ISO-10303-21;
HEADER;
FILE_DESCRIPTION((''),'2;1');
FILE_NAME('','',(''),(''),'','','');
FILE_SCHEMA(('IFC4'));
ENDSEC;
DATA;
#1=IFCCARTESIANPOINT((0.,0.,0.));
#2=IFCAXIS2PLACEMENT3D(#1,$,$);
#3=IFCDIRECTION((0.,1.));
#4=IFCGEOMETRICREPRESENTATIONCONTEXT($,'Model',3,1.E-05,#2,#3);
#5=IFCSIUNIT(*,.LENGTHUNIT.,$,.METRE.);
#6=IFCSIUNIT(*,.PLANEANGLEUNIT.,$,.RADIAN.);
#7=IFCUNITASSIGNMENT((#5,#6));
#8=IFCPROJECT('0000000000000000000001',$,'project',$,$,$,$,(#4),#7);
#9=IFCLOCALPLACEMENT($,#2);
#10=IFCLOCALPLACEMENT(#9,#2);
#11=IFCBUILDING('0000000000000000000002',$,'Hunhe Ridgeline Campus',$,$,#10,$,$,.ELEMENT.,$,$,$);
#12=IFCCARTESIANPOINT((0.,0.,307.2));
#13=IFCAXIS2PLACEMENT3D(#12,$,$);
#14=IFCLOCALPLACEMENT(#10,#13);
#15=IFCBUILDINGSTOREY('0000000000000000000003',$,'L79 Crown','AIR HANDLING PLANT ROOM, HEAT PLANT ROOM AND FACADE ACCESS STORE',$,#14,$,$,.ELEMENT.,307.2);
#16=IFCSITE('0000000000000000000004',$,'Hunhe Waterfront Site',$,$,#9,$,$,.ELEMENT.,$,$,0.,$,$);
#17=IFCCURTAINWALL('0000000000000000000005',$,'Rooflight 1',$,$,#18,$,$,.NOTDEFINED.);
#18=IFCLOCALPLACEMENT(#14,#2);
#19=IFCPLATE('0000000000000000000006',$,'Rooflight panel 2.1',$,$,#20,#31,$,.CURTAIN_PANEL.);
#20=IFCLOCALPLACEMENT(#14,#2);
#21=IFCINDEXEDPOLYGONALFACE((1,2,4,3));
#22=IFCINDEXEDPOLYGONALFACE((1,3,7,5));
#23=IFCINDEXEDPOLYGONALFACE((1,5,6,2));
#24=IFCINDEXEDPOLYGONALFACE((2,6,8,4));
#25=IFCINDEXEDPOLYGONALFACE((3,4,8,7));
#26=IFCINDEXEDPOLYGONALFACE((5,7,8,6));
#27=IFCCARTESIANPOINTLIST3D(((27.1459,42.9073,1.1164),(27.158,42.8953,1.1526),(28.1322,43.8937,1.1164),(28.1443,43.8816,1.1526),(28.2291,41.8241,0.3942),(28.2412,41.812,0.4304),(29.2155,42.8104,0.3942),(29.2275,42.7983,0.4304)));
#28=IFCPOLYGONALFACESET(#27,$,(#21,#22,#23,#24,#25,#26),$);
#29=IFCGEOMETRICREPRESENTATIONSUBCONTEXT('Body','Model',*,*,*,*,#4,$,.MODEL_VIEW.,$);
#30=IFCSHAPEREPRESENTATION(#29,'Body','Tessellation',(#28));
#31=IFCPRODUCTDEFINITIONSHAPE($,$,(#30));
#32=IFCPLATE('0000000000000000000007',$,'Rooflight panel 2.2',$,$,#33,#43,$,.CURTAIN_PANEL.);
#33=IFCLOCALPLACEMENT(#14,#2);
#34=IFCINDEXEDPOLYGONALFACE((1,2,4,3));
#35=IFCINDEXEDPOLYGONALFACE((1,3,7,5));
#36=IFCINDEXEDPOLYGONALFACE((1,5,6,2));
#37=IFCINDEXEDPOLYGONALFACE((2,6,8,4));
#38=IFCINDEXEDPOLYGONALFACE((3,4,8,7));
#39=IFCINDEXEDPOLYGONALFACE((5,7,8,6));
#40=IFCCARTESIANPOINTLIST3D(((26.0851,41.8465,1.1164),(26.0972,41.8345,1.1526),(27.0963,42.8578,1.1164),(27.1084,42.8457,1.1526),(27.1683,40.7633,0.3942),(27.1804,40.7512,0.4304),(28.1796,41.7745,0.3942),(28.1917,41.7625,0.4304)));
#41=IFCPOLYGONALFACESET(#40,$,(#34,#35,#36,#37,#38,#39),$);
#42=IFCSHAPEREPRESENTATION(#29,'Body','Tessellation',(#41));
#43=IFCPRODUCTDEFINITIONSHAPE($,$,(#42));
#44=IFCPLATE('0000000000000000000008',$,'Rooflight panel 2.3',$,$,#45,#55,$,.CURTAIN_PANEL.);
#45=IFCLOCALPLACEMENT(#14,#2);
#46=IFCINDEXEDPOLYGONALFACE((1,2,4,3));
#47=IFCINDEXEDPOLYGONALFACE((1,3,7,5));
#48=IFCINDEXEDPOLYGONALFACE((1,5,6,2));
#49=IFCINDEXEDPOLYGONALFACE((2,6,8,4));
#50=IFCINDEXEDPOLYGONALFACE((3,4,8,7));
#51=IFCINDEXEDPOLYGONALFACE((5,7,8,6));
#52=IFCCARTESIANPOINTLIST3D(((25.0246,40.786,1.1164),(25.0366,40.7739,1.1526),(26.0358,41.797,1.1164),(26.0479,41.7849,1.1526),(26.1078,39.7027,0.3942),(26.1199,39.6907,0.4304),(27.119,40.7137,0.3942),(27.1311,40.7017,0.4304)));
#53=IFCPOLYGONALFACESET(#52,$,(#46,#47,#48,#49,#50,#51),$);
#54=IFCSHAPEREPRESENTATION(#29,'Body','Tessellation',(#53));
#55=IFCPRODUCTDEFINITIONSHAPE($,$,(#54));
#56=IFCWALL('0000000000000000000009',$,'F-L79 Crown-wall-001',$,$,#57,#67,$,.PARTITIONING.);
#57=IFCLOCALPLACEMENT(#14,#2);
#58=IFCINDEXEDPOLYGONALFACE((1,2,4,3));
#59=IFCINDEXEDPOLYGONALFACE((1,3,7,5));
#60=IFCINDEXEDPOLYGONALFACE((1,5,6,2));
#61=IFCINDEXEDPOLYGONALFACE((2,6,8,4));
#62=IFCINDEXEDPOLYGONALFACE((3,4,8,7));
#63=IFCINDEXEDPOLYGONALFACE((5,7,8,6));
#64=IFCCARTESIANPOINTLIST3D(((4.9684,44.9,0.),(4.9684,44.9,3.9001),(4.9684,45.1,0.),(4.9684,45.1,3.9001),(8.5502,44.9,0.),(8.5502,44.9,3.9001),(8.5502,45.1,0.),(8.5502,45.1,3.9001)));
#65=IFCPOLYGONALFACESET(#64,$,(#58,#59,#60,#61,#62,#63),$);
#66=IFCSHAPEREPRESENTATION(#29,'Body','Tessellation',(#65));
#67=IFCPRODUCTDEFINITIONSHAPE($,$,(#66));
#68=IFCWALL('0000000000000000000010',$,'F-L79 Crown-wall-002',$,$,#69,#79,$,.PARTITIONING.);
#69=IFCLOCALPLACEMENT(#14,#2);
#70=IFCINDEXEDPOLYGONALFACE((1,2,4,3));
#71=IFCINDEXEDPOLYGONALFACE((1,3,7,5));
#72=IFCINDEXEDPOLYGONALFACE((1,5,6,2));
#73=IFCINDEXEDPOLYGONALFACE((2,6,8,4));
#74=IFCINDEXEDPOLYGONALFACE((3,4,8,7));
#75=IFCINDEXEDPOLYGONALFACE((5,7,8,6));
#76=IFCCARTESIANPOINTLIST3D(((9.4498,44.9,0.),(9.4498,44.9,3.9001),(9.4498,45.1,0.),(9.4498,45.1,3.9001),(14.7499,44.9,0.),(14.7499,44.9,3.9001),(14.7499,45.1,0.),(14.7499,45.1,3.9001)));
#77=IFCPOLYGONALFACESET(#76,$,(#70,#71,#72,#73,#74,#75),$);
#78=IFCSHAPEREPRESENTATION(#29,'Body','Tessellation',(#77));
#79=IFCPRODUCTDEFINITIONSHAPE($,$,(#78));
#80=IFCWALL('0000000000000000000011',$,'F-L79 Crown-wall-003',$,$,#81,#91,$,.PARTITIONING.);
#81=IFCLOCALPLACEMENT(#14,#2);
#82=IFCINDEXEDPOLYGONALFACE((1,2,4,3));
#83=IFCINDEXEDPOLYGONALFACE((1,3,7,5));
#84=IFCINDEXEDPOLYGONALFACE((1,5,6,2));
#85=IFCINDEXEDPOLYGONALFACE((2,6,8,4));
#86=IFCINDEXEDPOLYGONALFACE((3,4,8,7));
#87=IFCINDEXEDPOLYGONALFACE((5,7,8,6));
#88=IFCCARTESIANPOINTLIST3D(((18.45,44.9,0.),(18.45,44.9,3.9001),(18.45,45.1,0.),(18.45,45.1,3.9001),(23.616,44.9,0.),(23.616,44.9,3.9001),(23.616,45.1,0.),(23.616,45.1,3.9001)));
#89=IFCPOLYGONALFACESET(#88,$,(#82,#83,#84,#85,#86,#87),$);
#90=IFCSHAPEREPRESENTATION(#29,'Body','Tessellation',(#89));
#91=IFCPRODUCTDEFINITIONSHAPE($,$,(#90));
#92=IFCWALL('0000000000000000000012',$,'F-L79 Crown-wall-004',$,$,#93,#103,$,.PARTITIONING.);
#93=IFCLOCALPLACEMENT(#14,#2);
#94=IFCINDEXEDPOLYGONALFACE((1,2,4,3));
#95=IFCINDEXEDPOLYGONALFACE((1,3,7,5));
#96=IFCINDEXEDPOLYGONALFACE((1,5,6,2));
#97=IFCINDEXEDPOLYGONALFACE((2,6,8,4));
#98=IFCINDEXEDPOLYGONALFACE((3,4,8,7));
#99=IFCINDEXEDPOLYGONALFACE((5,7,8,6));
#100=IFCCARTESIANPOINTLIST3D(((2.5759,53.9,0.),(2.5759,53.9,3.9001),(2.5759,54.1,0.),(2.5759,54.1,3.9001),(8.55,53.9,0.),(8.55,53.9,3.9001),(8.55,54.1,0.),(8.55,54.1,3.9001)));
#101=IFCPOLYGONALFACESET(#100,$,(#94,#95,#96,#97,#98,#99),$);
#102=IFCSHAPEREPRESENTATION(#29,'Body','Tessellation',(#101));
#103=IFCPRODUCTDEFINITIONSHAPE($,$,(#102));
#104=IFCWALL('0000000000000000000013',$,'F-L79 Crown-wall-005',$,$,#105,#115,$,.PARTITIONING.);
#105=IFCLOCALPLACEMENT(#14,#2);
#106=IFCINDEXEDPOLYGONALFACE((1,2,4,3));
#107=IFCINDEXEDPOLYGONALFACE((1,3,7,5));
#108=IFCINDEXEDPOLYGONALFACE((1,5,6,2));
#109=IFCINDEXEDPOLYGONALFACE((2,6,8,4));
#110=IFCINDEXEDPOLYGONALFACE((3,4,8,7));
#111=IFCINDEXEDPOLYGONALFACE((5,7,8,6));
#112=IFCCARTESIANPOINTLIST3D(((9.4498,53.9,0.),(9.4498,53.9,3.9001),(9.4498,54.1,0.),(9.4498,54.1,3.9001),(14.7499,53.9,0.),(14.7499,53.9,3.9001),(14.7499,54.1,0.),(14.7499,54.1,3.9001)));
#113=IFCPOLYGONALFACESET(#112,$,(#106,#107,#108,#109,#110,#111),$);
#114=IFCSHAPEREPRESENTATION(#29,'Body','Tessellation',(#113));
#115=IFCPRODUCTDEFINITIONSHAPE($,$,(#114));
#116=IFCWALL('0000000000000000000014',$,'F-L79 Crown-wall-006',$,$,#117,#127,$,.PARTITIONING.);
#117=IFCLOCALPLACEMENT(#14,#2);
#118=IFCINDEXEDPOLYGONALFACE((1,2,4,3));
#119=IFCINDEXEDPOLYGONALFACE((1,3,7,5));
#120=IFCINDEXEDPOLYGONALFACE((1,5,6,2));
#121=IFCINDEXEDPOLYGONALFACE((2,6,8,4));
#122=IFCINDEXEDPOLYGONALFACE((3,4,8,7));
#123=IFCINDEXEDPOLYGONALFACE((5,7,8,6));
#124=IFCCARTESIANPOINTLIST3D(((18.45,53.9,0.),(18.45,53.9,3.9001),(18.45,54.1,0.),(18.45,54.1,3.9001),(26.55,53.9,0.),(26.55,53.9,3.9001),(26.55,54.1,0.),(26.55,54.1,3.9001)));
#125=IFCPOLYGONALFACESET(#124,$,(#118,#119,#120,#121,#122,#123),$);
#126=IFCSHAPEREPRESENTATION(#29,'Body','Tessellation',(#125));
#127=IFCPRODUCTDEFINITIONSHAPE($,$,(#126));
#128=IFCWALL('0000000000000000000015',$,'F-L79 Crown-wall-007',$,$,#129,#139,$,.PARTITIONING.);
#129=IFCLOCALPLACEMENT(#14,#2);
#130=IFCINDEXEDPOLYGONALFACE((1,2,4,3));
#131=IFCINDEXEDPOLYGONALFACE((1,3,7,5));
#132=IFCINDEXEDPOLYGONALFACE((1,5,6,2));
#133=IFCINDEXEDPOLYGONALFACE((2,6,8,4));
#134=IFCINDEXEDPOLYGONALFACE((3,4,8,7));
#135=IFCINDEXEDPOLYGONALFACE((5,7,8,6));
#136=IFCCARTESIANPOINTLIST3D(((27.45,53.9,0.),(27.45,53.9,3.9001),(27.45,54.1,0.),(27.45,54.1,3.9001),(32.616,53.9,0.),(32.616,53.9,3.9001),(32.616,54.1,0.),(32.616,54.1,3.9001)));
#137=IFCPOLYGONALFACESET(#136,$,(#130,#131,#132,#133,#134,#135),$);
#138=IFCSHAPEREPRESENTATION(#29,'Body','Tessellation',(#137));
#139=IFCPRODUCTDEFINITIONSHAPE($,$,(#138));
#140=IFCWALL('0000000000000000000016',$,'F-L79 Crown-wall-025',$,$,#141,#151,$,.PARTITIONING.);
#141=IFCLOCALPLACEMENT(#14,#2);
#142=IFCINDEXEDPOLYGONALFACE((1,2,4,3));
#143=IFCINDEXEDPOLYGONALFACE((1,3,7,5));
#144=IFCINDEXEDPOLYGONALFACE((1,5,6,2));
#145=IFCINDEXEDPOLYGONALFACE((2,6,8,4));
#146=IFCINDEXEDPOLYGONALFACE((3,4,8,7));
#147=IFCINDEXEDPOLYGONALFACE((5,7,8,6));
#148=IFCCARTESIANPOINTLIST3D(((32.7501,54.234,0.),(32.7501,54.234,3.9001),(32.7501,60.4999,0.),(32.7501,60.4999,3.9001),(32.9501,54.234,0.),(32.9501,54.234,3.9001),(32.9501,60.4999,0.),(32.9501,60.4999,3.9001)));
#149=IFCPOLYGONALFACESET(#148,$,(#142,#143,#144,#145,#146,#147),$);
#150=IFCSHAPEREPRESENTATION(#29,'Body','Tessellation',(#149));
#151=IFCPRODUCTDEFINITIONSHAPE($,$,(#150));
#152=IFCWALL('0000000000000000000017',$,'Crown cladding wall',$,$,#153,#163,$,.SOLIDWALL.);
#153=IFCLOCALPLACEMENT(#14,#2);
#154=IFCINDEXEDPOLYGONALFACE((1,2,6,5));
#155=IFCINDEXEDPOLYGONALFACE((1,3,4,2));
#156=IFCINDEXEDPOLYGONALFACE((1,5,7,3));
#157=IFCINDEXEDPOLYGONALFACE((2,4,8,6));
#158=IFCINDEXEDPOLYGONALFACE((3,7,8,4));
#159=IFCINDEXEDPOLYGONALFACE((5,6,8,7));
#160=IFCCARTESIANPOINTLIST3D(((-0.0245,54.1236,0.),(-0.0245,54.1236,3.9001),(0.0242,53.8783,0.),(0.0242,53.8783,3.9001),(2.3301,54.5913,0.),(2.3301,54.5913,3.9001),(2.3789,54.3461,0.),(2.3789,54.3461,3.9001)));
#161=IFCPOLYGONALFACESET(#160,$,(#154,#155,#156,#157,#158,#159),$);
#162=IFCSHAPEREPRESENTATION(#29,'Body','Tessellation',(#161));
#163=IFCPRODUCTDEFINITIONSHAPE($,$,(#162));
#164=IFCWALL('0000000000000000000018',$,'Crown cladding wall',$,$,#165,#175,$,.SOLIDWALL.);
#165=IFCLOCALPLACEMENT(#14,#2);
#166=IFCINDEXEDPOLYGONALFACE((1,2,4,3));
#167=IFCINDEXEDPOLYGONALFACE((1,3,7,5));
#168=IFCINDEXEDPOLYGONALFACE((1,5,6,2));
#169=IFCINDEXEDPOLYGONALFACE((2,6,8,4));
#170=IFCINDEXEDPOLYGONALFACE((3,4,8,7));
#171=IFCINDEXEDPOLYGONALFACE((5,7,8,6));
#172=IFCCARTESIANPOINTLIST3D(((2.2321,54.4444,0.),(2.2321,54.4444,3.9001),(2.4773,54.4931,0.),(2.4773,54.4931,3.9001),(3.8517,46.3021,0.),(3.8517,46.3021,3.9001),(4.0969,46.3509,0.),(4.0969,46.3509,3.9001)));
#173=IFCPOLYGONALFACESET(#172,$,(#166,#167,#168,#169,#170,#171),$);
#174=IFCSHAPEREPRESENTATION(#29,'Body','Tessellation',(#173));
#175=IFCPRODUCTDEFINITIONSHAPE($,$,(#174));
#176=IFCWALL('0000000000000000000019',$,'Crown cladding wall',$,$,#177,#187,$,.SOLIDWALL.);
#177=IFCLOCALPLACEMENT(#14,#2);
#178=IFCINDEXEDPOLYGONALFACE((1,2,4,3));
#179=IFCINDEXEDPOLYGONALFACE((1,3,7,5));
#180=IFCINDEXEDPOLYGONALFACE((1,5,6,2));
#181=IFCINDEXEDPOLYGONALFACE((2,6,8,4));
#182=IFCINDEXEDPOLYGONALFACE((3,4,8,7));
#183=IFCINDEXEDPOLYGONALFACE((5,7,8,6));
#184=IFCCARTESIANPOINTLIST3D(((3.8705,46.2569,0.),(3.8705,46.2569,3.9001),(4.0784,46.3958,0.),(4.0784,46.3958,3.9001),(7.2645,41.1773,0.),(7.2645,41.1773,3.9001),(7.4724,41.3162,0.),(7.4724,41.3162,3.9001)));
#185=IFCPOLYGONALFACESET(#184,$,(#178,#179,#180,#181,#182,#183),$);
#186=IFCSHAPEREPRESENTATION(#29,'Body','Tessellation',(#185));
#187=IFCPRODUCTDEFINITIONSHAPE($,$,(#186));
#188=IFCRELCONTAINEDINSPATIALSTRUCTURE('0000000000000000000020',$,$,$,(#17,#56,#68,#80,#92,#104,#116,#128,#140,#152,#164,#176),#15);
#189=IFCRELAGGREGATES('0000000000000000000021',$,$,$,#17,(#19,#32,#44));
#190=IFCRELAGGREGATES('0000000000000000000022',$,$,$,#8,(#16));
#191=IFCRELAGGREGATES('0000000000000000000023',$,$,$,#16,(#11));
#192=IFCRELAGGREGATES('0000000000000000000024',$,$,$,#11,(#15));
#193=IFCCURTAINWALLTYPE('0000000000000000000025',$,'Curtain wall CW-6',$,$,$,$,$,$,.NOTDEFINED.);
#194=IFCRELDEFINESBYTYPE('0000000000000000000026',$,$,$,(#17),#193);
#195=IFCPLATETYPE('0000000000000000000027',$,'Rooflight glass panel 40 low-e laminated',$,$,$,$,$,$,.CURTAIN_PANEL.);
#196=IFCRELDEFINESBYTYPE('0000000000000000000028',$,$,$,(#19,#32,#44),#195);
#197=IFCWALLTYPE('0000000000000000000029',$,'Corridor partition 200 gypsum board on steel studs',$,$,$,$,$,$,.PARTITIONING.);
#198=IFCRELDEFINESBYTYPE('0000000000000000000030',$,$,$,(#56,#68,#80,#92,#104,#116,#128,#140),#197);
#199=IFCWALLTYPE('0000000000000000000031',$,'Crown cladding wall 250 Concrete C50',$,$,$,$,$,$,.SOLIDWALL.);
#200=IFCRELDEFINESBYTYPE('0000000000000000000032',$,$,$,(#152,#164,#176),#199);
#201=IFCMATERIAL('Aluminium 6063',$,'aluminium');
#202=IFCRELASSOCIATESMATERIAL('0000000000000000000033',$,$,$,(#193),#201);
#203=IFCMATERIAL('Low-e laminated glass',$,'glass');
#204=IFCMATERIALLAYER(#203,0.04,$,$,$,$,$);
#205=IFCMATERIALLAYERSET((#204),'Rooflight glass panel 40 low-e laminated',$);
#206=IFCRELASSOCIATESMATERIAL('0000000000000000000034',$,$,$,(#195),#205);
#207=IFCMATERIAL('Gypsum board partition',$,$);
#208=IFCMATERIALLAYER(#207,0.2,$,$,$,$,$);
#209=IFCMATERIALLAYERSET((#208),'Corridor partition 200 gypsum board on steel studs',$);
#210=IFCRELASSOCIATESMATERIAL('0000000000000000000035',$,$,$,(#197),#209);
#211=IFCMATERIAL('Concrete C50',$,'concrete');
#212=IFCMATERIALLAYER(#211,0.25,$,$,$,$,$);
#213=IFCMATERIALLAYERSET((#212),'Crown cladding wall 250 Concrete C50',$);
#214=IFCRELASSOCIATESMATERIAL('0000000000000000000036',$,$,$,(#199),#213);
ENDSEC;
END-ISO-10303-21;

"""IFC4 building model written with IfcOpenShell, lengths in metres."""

from ifc_helpers import new_model, si_unit, direction, frame, frame_2d, origin, place, context, subcontext, project, spatial, polyline, rectangle, outline, extrude, material, layer, layer_set, type_object, element, aggregate, save


model = new_model("IFC4")

# Units and contexts
model_context = context("Model", 3, precision=1e-05, world=origin(), true_north=direction((0.0, 1.0)))
body_context = subcontext(model_context, "Body", "Model", "MODEL_VIEW")
ifc_project = project(units=[si_unit("LENGTHUNIT", "METRE"), si_unit("PLANEANGLEUNIT", "RADIAN")], contexts=[model_context])

# Site, building, storey
site_placement = place(None, origin())
site = spatial("IfcSite", under=ifc_project, at=site_placement, Name="Hunhe Waterfront Site", CompositionType="ELEMENT", RefElevation=0.0)
building_placement = place(site_placement, origin())
building = spatial("IfcBuilding", under=site, at=building_placement, Name="Hunhe Ridgeline Campus", CompositionType="ELEMENT")
storey_placement = place(building_placement, frame((0.0, 0.0, 307.2)))
storey = spatial("IfcBuildingStorey", under=building, at=storey_placement, Name="L79 Crown", Description="AIR HANDLING PLANT ROOM, HEAT PLANT ROOM AND FACADE ACCESS STORE", CompositionType="ELEMENT", Elevation=307.2)

# Shared definitions
ifc_material_1 = material(Name="Concrete C50", Category="concrete")

# Curtain wall, plates
ifc_material_2 = material(Name="Aluminium 6063", Category="aluminium")
curtain_wall_type = type_object("IfcCurtainWallType", Name="Curtain wall CW-6", PredefinedType="NOTDEFINED", material=ifc_material_2)
curtain_wall_placement = place(storey_placement, origin())
curtain_wall = element("IfcCurtainWall", 1, at=curtain_wall_placement, inside=storey, type_object=curtain_wall_type, Name="Rooflight 1", PredefinedType="NOTDEFINED")
ifc_material_3 = material(Name="Low-e laminated glass", Category="glass")
ifc_layer_1 = layer(ifc_material_3, 0.04)
ifc_layer_set_1 = layer_set([ifc_layer_1], Name="Rooflight glass panel 40 low-e laminated")
plate_type = type_object("IfcPlateType", Name="Rooflight glass panel 40 low-e laminated", PredefinedType="CURTAIN_PANEL", material=ifc_layer_set_1)
plate_1_placement = place(storey_placement, frame((29.2275, 42.7983, 0.4304), z_axis=(0.301511, -0.301511, 0.904534), x_axis=(-0.639602, 0.639602, 0.426401)))
plate_1 = element("IfcPlate", 2, at=plate_1_placement, type_object=plate_type, Name="Rooflight panel 2.1", PredefinedType="CURTAIN_PANEL", context=body_context, shape_type="SweptSolid", body=[
    extrude(outline(polyline([(0.0, 0.0), (1.6936, 0.0), (1.6936, 1.3949), (0.0, 1.3949), (0.0, 0.0)])), origin(), (0.0, 0.0, -1.0), 0.04),
])
plate_2_placement = place(storey_placement, frame((28.1917, 41.7625, 0.4304), z_axis=(0.301511, -0.301511, 0.904534), x_axis=(-0.639602, 0.639602, 0.426401)))
plate_2 = element("IfcPlate", 3, at=plate_2_placement, type_object=plate_type, Name="Rooflight panel 2.2", PredefinedType="CURTAIN_PANEL", context=body_context, shape_type="SweptSolid", body=[
    extrude(outline(polyline([(0.0, 0.0), (1.6936, 0.0), (1.6936, 1.4301), (0.0, 1.4301), (0.0, 0.0)])), origin(), (0.0, 0.0, -1.0), 0.04),
])
plate_3_placement = place(storey_placement, frame((27.1311, 40.7017, 0.4304), z_axis=(0.301475, -0.301548, 0.904534), x_axis=(-0.639602, 0.639602, 0.426401)))
plate_3 = element("IfcPlate", 4, at=plate_3_placement, type_object=plate_type, Name="Rooflight panel 2.3", PredefinedType="CURTAIN_PANEL", context=body_context, shape_type="SweptSolid", body=[
    extrude(outline(polyline([(0.0, 0.0), (1.6936, 0.0), (1.6938, 1.4299), (0.0002, 1.4299), (0.0, 0.0)])), origin(), (0.0, 0.0, -1.0), 0.04),
])
aggregate(curtain_wall, [plate_1, plate_2, plate_3])

# Walls
ifc_material_4 = material(Name="Gypsum board partition")
ifc_layer_2 = layer(ifc_material_4, 0.2)
ifc_layer_set_2 = layer_set([ifc_layer_2], Name="Corridor partition 200 gypsum board on steel studs")
wall_type_1 = type_object("IfcWallType", Name="Corridor partition 200 gypsum board on steel studs", PredefinedType="PARTITIONING", material=ifc_layer_set_2)
wall_1_placement = place(storey_placement, frame((4.9683, 45.0, 0.0), z_axis=(0.0, 0.0, 1.0), x_axis=(1.0, 0.0, 0.0)))
element("IfcWall", 5, at=wall_1_placement, inside=storey, type_object=wall_type_1, Name="F-L79 Crown-wall-001", PredefinedType="PARTITIONING", context=body_context, shape_type="SweptSolid", body=[
    extrude(rectangle(XDim=3.5818, YDim=0.2, at=frame_2d((1.791, 0.0))), origin(), (0.0, 0.0, 1.0), 3.9001),
])
wall_2_placement = place(storey_placement, frame((9.45, 45.0, 0.0), z_axis=(0.0, 0.0, 1.0), x_axis=(1.0, 0.0, 0.0)))
element("IfcWall", 6, at=wall_2_placement, inside=storey, type_object=wall_type_1, Name="F-L79 Crown-wall-002", PredefinedType="PARTITIONING", context=body_context, shape_type="SweptSolid", body=[
    extrude(rectangle(XDim=5.3, YDim=0.2, at=frame_2d((2.6499, 0.0))), origin(), (0.0, 0.0, 1.0), 3.9001),
])
wall_3_placement = place(storey_placement, frame((18.45, 45.0, 0.0), z_axis=(0.0, 0.0, 1.0), x_axis=(1.0, 0.0, 0.0)))
element("IfcWall", 7, at=wall_3_placement, inside=storey, type_object=wall_type_1, Name="F-L79 Crown-wall-003", PredefinedType="PARTITIONING", context=body_context, shape_type="SweptSolid", body=[
    extrude(rectangle(XDim=5.166, YDim=0.2, at=frame_2d((2.583, 0.0))), origin(), (0.0, 0.0, 1.0), 3.9001),
])
wall_4_placement = place(storey_placement, frame((2.5759, 54.0, 0.0), z_axis=(0.0, 0.0, 1.0), x_axis=(1.0, 0.0, 0.0)))
element("IfcWall", 8, at=wall_4_placement, inside=storey, type_object=wall_type_1, Name="F-L79 Crown-wall-004", PredefinedType="PARTITIONING", context=body_context, shape_type="SweptSolid", body=[
    extrude(rectangle(XDim=5.9741, YDim=0.2, at=frame_2d((2.9871, 0.0))), origin(), (0.0, 0.0, 1.0), 3.9001),
])
wall_5_placement = place(storey_placement, frame((9.45, 54.0, 0.0), z_axis=(0.0, 0.0, 1.0), x_axis=(1.0, 0.0, 0.0)))
element("IfcWall", 9, at=wall_5_placement, inside=storey, type_object=wall_type_1, Name="F-L79 Crown-wall-005", PredefinedType="PARTITIONING", context=body_context, shape_type="SweptSolid", body=[
    extrude(rectangle(XDim=5.3, YDim=0.2, at=frame_2d((2.6499, 0.0))), origin(), (0.0, 0.0, 1.0), 3.9001),
])
wall_6_placement = place(storey_placement, frame((18.45, 54.0, 0.0), z_axis=(0.0, 0.0, 1.0), x_axis=(1.0, 0.0, 0.0)))
element("IfcWall", 10, at=wall_6_placement, inside=storey, type_object=wall_type_1, Name="F-L79 Crown-wall-006", PredefinedType="PARTITIONING", context=body_context, shape_type="SweptSolid", body=[
    extrude(rectangle(XDim=8.1001, YDim=0.2, at=frame_2d((4.05, 0.0))), origin(), (0.0, 0.0, 1.0), 3.9001),
])
wall_7_placement = place(storey_placement, frame((27.45, 54.0, 0.0), z_axis=(0.0, 0.0, 1.0), x_axis=(1.0, 0.0, 0.0)))
element("IfcWall", 11, at=wall_7_placement, inside=storey, type_object=wall_type_1, Name="F-L79 Crown-wall-007", PredefinedType="PARTITIONING", context=body_context, shape_type="SweptSolid", body=[
    extrude(rectangle(XDim=5.166, YDim=0.2, at=frame_2d((2.583, 0.0))), origin(), (0.0, 0.0, 1.0), 3.9001),
])
wall_8_placement = place(storey_placement, frame((32.8501, 54.2341, 0.0), z_axis=(0.0, 0.0, 1.0), x_axis=(0.0, 1.0, 0.0)))
element("IfcWall", 12, at=wall_8_placement, inside=storey, type_object=wall_type_1, Name="F-L79 Crown-wall-025", PredefinedType="PARTITIONING", context=body_context, shape_type="SweptSolid", body=[
    extrude(rectangle(XDim=6.2659, YDim=0.2, at=frame_2d((3.1328, 0.0))), origin(), (0.0, 0.0, 1.0), 3.9001),
])
ifc_layer_3 = layer(ifc_material_1, 0.25)
ifc_layer_set_3 = layer_set([ifc_layer_3], Name="Crown cladding wall 250 Concrete C50")
wall_type_2 = type_object("IfcWallType", Name="Crown cladding wall 250 Concrete C50", PredefinedType="SOLIDWALL", material=ifc_layer_set_3)
wall_9_placement = place(storey_placement, frame((0.0, 54.001, 0.0), z_axis=(0.0, 0.0, 1.0), x_axis=(0.980834, 0.194845, 0.0)))
element("IfcWall", 13, at=wall_9_placement, inside=storey, type_object=wall_type_2, Name="Crown cladding wall", PredefinedType="SOLIDWALL", context=body_context, shape_type="SweptSolid", body=[
    extrude(rectangle(XDim=2.4006, YDim=0.25, at=frame_2d((1.2002, 0.0))), origin(), (0.0, 0.0, 1.0), 3.9001),
])
wall_10_placement = place(storey_placement, frame((2.3547, 54.4688, 0.0), z_axis=(0.0, 0.0, 1.0), x_axis=(0.195092, -0.980785, 0.0)))
element("IfcWall", 14, at=wall_10_placement, inside=storey, type_object=wall_type_2, Name="Crown cladding wall", PredefinedType="SOLIDWALL", context=body_context, shape_type="SweptSolid", body=[
    extrude(rectangle(XDim=8.3018, YDim=0.25, at=frame_2d((4.1509, 0.0))), origin(), (0.0, 0.0, 1.0), 3.9001),
])
wall_11_placement = place(storey_placement, frame((3.9744, 46.3264, 0.0), z_axis=(0.0, 0.0, 1.0), x_axis=(0.555567, -0.831472, 0.0)))
element("IfcWall", 15, at=wall_11_placement, inside=storey, type_object=wall_type_2, Name="Crown cladding wall", PredefinedType="SOLIDWALL", context=body_context, shape_type="SweptSolid", body=[
    extrude(rectangle(XDim=6.1091, YDim=0.25, at=frame_2d((3.0547, 0.0))), origin(), (0.0, 0.0, 1.0), 3.9001),
])

save(model, "model.ifc")
